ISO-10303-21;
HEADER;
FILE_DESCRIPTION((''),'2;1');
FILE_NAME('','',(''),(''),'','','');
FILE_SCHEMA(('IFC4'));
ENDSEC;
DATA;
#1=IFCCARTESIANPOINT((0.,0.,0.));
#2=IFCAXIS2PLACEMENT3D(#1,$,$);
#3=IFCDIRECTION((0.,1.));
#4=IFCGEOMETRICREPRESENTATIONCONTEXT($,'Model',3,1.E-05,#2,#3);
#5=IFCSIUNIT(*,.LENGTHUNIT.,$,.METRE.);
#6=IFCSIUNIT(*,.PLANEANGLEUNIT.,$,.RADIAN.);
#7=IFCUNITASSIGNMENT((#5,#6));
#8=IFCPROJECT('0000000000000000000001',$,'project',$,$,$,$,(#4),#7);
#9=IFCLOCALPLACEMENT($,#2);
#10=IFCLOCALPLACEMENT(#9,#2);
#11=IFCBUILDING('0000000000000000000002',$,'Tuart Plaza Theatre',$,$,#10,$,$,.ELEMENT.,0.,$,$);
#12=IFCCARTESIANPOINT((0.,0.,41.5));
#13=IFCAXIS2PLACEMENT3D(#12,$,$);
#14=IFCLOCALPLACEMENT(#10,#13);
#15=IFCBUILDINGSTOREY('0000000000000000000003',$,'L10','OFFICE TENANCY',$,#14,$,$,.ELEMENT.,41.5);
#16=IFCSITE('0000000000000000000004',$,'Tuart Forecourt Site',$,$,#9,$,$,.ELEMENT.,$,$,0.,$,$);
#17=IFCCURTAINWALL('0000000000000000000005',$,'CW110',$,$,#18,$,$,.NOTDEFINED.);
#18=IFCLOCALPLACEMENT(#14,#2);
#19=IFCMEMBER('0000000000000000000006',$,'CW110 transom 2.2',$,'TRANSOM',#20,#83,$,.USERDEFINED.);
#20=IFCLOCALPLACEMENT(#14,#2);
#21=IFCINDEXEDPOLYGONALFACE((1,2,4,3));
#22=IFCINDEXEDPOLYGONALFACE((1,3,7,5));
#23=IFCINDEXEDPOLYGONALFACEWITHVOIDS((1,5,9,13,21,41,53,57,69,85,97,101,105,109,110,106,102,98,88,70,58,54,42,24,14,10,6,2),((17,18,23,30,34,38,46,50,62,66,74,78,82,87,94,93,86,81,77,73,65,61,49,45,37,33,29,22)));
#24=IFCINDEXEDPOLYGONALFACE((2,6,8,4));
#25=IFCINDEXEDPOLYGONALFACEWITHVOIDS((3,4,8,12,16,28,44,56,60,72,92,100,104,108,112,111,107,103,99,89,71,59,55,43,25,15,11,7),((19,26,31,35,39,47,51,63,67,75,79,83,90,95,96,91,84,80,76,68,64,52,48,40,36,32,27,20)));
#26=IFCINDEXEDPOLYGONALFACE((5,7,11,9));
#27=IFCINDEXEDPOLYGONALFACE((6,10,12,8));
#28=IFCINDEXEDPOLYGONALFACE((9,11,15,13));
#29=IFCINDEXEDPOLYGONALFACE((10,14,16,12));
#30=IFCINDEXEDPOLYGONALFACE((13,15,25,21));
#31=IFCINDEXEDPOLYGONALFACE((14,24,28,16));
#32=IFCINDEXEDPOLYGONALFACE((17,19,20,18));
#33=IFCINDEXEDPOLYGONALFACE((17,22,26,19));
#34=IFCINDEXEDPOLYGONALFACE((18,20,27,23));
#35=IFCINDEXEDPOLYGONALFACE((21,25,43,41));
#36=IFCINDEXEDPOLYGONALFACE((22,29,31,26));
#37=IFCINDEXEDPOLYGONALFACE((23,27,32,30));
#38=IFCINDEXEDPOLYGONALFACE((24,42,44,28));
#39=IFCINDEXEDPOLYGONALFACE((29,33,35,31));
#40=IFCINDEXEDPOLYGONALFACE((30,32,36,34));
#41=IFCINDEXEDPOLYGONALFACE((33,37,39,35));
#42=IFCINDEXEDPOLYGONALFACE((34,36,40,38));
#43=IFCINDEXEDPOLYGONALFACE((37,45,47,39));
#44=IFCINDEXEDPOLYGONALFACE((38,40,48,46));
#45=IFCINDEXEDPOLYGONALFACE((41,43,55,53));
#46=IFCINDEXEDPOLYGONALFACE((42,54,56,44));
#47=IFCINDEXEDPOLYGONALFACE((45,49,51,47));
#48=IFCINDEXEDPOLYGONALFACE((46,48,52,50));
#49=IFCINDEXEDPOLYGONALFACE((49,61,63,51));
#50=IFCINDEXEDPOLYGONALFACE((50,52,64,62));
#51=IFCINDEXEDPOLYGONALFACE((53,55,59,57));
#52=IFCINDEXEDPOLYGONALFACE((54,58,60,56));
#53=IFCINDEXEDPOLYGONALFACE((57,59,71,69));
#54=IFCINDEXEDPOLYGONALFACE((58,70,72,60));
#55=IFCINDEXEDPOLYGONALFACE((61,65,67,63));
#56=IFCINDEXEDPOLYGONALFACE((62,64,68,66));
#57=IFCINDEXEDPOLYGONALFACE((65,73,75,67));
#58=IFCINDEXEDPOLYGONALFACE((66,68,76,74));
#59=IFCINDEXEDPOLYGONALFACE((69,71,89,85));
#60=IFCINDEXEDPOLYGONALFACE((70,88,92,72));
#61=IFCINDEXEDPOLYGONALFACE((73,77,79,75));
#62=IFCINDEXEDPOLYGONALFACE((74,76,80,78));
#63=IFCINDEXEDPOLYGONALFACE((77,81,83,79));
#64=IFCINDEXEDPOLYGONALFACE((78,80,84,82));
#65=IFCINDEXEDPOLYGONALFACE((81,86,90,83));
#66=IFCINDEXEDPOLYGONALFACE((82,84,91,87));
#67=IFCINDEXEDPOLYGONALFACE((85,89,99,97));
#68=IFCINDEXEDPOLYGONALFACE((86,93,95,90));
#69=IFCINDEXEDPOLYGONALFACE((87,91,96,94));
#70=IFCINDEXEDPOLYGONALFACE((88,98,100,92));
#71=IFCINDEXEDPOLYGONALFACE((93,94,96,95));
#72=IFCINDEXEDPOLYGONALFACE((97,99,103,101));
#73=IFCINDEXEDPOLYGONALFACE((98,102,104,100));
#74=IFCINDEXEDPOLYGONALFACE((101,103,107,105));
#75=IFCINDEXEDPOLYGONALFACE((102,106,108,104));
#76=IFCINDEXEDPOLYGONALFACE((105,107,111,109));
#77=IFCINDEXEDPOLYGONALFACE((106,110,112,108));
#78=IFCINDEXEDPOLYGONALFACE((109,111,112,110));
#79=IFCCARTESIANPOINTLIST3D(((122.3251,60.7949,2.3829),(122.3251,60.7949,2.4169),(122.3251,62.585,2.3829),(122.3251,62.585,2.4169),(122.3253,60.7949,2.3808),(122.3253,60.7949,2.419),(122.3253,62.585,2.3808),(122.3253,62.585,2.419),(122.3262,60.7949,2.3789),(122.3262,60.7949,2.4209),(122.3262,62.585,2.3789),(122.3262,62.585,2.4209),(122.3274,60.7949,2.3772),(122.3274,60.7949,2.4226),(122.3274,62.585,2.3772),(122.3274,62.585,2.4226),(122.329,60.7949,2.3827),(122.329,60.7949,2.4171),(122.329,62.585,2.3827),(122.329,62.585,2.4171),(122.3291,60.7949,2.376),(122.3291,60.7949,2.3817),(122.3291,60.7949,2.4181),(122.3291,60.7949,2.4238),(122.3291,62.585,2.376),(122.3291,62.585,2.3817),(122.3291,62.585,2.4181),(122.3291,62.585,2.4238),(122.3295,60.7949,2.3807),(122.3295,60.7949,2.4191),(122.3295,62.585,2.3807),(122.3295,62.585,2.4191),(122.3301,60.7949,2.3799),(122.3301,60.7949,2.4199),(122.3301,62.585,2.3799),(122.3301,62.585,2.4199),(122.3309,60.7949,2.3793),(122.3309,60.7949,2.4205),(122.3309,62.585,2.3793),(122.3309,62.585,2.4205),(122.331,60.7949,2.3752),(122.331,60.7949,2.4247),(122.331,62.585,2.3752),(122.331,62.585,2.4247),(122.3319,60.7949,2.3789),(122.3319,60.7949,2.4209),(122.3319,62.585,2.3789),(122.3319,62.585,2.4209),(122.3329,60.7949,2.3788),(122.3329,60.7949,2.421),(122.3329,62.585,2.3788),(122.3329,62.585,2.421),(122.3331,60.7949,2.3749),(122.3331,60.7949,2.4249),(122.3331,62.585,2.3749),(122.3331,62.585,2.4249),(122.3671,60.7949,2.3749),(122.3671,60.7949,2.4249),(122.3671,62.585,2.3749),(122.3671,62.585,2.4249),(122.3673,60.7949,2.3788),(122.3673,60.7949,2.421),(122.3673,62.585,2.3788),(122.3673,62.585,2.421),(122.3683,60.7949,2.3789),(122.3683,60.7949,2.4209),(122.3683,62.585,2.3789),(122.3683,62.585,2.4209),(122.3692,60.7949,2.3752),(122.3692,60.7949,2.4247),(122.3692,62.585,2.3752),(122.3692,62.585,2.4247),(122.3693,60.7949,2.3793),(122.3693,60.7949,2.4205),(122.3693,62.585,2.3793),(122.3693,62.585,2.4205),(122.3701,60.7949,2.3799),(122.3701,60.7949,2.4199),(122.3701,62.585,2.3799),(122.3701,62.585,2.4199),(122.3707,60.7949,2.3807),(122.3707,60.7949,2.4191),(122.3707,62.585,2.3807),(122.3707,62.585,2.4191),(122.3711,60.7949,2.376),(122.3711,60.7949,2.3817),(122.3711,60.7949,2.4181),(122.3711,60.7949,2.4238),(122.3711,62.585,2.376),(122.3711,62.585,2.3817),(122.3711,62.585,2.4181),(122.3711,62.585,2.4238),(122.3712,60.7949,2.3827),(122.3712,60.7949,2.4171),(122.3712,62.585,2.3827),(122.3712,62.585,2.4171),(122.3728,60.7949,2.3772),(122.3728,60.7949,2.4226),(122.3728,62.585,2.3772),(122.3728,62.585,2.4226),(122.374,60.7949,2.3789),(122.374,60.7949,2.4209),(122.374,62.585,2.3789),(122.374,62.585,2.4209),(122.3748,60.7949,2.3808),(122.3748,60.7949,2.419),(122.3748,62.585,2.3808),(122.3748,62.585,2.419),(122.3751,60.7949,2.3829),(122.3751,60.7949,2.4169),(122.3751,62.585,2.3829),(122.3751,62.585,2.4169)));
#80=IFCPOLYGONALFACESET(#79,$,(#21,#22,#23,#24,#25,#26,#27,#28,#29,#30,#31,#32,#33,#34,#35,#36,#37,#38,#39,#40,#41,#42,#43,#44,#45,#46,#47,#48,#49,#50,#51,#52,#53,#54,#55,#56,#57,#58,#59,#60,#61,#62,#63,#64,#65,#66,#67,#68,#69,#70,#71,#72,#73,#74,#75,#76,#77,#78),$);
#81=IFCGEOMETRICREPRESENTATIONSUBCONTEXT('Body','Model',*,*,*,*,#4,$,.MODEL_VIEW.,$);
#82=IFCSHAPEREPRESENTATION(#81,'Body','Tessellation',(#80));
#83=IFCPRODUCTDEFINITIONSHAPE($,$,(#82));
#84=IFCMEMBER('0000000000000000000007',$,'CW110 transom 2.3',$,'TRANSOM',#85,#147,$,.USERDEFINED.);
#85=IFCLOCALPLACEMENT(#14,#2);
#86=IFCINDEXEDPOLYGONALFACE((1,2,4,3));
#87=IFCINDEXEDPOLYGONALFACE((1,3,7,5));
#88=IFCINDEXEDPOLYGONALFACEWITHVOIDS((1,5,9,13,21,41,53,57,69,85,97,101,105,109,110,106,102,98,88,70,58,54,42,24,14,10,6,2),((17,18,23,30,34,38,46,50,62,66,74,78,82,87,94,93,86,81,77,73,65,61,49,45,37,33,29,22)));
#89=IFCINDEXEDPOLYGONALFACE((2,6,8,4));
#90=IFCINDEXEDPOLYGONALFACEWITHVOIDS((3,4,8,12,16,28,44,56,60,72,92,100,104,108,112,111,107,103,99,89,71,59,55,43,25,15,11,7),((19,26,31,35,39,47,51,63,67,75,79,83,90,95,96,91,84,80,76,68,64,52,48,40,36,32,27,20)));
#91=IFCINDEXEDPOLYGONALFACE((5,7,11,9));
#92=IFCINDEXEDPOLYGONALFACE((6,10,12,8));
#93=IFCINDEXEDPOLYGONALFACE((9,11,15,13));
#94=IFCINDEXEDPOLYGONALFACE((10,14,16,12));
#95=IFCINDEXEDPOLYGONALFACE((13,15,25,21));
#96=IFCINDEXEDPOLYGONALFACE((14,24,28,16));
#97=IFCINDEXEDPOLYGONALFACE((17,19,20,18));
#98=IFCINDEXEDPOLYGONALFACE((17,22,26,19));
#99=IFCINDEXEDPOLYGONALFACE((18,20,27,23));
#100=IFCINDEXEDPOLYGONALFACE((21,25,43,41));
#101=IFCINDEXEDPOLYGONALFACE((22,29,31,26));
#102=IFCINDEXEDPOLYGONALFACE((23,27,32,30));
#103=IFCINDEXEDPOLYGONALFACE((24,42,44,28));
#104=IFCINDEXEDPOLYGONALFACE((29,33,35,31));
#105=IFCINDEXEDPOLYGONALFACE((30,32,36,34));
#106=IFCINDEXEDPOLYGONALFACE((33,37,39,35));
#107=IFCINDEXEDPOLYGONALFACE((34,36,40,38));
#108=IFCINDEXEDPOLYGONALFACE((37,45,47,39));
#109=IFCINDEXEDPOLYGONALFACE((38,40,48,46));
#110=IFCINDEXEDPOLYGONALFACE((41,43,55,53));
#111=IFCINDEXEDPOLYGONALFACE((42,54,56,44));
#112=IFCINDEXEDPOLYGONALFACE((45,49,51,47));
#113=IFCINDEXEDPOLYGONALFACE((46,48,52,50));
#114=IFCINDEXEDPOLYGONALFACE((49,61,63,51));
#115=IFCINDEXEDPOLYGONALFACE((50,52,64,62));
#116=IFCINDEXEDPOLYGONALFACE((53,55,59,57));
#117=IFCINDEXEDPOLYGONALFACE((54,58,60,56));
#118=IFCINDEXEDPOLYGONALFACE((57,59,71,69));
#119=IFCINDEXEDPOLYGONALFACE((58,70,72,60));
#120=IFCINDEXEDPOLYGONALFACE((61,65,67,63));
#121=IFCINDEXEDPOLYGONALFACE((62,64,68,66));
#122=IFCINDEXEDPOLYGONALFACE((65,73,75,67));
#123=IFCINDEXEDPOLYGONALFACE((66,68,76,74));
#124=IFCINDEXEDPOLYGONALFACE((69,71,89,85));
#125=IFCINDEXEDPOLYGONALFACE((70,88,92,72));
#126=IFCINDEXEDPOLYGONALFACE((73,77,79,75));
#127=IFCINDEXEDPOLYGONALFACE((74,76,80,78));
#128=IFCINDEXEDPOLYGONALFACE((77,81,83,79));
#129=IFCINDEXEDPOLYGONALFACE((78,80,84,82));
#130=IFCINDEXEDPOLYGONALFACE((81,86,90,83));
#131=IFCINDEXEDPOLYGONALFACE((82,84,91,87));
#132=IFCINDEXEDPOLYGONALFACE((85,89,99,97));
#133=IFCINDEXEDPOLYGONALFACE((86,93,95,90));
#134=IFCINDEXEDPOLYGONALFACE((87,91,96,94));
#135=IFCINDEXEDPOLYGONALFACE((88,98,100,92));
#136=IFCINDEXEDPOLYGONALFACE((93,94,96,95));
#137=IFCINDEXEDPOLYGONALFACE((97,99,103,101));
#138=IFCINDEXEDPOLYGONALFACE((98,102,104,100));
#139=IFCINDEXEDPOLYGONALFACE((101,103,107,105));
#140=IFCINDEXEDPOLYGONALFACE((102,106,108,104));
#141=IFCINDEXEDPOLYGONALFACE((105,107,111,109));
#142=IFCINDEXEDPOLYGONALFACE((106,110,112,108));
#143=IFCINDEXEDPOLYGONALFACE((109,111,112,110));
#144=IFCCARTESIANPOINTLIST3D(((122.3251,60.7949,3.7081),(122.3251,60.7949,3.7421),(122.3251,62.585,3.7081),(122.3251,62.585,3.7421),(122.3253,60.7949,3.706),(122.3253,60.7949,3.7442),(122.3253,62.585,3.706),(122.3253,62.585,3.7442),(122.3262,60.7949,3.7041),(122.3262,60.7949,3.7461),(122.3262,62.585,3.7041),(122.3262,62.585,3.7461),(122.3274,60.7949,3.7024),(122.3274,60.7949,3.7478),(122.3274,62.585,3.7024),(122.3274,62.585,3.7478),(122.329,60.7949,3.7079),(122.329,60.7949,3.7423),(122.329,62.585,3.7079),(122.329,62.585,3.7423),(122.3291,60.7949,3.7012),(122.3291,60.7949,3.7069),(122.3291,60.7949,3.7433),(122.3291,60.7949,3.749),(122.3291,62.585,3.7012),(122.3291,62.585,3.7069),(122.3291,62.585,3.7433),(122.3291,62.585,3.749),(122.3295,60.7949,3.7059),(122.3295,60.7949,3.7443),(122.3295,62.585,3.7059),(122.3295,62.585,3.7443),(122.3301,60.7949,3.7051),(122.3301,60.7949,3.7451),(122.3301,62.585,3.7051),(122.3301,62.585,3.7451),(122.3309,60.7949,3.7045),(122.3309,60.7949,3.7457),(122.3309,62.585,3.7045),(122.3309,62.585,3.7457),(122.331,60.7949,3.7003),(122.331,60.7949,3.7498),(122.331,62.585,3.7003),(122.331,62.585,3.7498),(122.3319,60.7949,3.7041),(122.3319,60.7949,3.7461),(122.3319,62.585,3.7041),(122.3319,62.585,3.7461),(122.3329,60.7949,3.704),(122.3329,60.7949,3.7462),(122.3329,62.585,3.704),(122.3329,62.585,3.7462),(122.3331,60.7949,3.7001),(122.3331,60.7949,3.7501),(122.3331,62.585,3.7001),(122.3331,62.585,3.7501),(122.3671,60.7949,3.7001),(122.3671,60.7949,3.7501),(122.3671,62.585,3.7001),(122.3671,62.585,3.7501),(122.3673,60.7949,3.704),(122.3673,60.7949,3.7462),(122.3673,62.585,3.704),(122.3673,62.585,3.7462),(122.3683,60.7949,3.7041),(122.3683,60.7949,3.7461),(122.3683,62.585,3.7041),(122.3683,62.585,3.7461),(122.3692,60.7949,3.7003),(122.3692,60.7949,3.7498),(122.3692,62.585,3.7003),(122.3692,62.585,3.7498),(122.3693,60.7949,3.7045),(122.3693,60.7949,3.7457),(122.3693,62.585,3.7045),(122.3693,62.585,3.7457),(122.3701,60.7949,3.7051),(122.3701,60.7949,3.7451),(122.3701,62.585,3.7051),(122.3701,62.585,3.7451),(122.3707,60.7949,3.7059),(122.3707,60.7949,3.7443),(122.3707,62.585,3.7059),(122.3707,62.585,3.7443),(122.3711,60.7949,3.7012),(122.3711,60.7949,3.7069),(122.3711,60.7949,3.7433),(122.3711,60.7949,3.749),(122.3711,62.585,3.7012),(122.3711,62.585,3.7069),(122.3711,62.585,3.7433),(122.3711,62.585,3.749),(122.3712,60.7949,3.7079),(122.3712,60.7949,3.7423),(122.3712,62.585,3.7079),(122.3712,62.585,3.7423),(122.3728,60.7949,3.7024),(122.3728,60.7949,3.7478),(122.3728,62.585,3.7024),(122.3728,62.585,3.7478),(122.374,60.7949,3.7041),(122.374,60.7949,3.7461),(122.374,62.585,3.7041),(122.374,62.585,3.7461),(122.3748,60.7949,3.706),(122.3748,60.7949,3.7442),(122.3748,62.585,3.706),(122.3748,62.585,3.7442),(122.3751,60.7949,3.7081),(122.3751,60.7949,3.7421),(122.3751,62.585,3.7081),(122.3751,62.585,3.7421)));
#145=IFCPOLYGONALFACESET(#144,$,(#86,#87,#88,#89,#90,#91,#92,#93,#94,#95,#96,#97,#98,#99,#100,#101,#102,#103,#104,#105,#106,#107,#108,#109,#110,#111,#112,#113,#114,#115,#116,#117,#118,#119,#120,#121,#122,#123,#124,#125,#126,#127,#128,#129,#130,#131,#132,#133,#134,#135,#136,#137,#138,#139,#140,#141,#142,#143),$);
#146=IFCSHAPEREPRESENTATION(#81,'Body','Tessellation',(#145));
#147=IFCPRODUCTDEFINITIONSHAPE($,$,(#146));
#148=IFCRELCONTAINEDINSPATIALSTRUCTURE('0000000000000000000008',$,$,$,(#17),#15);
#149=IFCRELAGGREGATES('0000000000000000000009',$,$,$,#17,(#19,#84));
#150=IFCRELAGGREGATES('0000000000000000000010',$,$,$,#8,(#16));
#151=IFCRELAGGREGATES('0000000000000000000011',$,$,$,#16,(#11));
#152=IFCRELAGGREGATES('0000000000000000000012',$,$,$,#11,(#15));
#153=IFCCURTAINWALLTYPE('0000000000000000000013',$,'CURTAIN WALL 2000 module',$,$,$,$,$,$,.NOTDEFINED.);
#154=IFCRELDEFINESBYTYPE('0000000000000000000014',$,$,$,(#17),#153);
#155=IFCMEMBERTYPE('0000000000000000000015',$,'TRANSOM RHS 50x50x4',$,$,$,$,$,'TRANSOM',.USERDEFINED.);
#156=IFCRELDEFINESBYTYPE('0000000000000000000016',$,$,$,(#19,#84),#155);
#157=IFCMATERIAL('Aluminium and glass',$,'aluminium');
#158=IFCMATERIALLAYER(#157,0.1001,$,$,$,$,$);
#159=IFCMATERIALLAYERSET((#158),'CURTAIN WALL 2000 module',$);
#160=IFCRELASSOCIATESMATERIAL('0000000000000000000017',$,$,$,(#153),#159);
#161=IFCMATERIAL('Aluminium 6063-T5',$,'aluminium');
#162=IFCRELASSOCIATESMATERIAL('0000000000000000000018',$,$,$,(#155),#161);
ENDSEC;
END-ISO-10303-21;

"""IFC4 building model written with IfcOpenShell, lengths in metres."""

from ifc_helpers import new_model, si_unit, direction, frame, origin, origin_2d, place, context, subcontext, project, spatial, hollow_rectangle, extrude, material, layer, layer_set, material_profile, profile_set, type_object, element, aggregate, save


model = new_model("IFC4")

# Units and contexts
model_context = context("Model", 3, precision=1e-05, world=origin(), true_north=direction((0.0, 1.0)))
body_context = subcontext(model_context, "Body", "Model", "MODEL_VIEW")
ifc_project = project(units=[si_unit("LENGTHUNIT", "METRE"), si_unit("PLANEANGLEUNIT", "RADIAN")], contexts=[model_context])

# Site, building, storey
site_placement = place(None, origin())
site = spatial("IfcSite", under=ifc_project, at=site_placement, Name="Tuart Forecourt Site", CompositionType="ELEMENT", RefElevation=0.0)
building_placement = place(site_placement, origin())
building = spatial("IfcBuilding", under=site, at=building_placement, Name="Tuart Plaza Theatre", CompositionType="ELEMENT", ElevationOfRefHeight=0.0)
storey_placement = place(building_placement, frame((0.0, 0.0, 41.5)))
storey = spatial("IfcBuildingStorey", under=building, at=storey_placement, Name="L10", Description="OFFICE TENANCY", CompositionType="ELEMENT", Elevation=41.5)

# Curtain wall, members
ifc_material_1 = material(Name="Aluminium and glass", Category="aluminium")
ifc_layer_1 = layer(ifc_material_1, 0.1001)
ifc_layer_set_1 = layer_set([ifc_layer_1], Name="CURTAIN WALL 2000 module")
curtain_wall_type = type_object("IfcCurtainWallType", Name="CURTAIN WALL 2000 module", PredefinedType="NOTDEFINED", material=ifc_layer_set_1)
curtain_wall_placement = place(storey_placement, origin())
curtain_wall = element("IfcCurtainWall", 1, at=curtain_wall_placement, inside=storey, type_object=curtain_wall_type, Name="CW110", PredefinedType="NOTDEFINED")
ifc_material_2 = material(Name="Aluminium 6063-T5", Category="aluminium")
ifc_material_profile_1 = material_profile(ifc_material_2, hollow_rectangle(XDim=0.05, YDim=0.05, WallThickness=0.0039, InnerFilletRadius=0.0039, OuterFilletRadius=0.0081, at=origin_2d()), Name="RHS 50x50x4")
ifc_profile_set_1 = profile_set([ifc_material_profile_1], Name="Aluminium 6063-T5")
member_type_1 = type_object("IfcMemberType", Name="TRANSOM RHS 50x50x4", ElementType="TRANSOM", PredefinedType="USERDEFINED", material=ifc_profile_set_1)
member_1_placement = place(storey_placement, frame((122.3501, 62.585, 2.3999), z_axis=(0.0, -1.0, 0.0), x_axis=(1.0, 0.0, 0.0)))
member_1 = element("IfcMember", 2, at=member_1_placement, type_object=member_type_1, Name="CW110 transom 2.2", ObjectType="TRANSOM", PredefinedType="USERDEFINED", context=body_context, shape_type="SweptSolid", body=[
    extrude(hollow_rectangle(XDim=0.05, YDim=0.05, WallThickness=0.0039, InnerFilletRadius=0.0039, OuterFilletRadius=0.0081, at=origin_2d()), origin(), (0.0, 0.0, 1.0), 1.79),
])
member_2_placement = place(storey_placement, frame((122.3501, 62.585, 3.7251), z_axis=(0.0, -1.0, 0.0), x_axis=(1.0, 0.0, 0.0)))
member_2 = element("IfcMember", 3, at=member_2_placement, type_object=member_type_1, Name="CW110 transom 2.3", ObjectType="TRANSOM", PredefinedType="USERDEFINED", context=body_context, shape_type="SweptSolid", body=[
    extrude(hollow_rectangle(XDim=0.05, YDim=0.05, WallThickness=0.0039, InnerFilletRadius=0.0039, OuterFilletRadius=0.0081, at=origin_2d()), origin(), (0.0, 0.0, 1.0), 1.79),
])
aggregate(curtain_wall, [member_1, member_2])

save(model, "model.ifc")
